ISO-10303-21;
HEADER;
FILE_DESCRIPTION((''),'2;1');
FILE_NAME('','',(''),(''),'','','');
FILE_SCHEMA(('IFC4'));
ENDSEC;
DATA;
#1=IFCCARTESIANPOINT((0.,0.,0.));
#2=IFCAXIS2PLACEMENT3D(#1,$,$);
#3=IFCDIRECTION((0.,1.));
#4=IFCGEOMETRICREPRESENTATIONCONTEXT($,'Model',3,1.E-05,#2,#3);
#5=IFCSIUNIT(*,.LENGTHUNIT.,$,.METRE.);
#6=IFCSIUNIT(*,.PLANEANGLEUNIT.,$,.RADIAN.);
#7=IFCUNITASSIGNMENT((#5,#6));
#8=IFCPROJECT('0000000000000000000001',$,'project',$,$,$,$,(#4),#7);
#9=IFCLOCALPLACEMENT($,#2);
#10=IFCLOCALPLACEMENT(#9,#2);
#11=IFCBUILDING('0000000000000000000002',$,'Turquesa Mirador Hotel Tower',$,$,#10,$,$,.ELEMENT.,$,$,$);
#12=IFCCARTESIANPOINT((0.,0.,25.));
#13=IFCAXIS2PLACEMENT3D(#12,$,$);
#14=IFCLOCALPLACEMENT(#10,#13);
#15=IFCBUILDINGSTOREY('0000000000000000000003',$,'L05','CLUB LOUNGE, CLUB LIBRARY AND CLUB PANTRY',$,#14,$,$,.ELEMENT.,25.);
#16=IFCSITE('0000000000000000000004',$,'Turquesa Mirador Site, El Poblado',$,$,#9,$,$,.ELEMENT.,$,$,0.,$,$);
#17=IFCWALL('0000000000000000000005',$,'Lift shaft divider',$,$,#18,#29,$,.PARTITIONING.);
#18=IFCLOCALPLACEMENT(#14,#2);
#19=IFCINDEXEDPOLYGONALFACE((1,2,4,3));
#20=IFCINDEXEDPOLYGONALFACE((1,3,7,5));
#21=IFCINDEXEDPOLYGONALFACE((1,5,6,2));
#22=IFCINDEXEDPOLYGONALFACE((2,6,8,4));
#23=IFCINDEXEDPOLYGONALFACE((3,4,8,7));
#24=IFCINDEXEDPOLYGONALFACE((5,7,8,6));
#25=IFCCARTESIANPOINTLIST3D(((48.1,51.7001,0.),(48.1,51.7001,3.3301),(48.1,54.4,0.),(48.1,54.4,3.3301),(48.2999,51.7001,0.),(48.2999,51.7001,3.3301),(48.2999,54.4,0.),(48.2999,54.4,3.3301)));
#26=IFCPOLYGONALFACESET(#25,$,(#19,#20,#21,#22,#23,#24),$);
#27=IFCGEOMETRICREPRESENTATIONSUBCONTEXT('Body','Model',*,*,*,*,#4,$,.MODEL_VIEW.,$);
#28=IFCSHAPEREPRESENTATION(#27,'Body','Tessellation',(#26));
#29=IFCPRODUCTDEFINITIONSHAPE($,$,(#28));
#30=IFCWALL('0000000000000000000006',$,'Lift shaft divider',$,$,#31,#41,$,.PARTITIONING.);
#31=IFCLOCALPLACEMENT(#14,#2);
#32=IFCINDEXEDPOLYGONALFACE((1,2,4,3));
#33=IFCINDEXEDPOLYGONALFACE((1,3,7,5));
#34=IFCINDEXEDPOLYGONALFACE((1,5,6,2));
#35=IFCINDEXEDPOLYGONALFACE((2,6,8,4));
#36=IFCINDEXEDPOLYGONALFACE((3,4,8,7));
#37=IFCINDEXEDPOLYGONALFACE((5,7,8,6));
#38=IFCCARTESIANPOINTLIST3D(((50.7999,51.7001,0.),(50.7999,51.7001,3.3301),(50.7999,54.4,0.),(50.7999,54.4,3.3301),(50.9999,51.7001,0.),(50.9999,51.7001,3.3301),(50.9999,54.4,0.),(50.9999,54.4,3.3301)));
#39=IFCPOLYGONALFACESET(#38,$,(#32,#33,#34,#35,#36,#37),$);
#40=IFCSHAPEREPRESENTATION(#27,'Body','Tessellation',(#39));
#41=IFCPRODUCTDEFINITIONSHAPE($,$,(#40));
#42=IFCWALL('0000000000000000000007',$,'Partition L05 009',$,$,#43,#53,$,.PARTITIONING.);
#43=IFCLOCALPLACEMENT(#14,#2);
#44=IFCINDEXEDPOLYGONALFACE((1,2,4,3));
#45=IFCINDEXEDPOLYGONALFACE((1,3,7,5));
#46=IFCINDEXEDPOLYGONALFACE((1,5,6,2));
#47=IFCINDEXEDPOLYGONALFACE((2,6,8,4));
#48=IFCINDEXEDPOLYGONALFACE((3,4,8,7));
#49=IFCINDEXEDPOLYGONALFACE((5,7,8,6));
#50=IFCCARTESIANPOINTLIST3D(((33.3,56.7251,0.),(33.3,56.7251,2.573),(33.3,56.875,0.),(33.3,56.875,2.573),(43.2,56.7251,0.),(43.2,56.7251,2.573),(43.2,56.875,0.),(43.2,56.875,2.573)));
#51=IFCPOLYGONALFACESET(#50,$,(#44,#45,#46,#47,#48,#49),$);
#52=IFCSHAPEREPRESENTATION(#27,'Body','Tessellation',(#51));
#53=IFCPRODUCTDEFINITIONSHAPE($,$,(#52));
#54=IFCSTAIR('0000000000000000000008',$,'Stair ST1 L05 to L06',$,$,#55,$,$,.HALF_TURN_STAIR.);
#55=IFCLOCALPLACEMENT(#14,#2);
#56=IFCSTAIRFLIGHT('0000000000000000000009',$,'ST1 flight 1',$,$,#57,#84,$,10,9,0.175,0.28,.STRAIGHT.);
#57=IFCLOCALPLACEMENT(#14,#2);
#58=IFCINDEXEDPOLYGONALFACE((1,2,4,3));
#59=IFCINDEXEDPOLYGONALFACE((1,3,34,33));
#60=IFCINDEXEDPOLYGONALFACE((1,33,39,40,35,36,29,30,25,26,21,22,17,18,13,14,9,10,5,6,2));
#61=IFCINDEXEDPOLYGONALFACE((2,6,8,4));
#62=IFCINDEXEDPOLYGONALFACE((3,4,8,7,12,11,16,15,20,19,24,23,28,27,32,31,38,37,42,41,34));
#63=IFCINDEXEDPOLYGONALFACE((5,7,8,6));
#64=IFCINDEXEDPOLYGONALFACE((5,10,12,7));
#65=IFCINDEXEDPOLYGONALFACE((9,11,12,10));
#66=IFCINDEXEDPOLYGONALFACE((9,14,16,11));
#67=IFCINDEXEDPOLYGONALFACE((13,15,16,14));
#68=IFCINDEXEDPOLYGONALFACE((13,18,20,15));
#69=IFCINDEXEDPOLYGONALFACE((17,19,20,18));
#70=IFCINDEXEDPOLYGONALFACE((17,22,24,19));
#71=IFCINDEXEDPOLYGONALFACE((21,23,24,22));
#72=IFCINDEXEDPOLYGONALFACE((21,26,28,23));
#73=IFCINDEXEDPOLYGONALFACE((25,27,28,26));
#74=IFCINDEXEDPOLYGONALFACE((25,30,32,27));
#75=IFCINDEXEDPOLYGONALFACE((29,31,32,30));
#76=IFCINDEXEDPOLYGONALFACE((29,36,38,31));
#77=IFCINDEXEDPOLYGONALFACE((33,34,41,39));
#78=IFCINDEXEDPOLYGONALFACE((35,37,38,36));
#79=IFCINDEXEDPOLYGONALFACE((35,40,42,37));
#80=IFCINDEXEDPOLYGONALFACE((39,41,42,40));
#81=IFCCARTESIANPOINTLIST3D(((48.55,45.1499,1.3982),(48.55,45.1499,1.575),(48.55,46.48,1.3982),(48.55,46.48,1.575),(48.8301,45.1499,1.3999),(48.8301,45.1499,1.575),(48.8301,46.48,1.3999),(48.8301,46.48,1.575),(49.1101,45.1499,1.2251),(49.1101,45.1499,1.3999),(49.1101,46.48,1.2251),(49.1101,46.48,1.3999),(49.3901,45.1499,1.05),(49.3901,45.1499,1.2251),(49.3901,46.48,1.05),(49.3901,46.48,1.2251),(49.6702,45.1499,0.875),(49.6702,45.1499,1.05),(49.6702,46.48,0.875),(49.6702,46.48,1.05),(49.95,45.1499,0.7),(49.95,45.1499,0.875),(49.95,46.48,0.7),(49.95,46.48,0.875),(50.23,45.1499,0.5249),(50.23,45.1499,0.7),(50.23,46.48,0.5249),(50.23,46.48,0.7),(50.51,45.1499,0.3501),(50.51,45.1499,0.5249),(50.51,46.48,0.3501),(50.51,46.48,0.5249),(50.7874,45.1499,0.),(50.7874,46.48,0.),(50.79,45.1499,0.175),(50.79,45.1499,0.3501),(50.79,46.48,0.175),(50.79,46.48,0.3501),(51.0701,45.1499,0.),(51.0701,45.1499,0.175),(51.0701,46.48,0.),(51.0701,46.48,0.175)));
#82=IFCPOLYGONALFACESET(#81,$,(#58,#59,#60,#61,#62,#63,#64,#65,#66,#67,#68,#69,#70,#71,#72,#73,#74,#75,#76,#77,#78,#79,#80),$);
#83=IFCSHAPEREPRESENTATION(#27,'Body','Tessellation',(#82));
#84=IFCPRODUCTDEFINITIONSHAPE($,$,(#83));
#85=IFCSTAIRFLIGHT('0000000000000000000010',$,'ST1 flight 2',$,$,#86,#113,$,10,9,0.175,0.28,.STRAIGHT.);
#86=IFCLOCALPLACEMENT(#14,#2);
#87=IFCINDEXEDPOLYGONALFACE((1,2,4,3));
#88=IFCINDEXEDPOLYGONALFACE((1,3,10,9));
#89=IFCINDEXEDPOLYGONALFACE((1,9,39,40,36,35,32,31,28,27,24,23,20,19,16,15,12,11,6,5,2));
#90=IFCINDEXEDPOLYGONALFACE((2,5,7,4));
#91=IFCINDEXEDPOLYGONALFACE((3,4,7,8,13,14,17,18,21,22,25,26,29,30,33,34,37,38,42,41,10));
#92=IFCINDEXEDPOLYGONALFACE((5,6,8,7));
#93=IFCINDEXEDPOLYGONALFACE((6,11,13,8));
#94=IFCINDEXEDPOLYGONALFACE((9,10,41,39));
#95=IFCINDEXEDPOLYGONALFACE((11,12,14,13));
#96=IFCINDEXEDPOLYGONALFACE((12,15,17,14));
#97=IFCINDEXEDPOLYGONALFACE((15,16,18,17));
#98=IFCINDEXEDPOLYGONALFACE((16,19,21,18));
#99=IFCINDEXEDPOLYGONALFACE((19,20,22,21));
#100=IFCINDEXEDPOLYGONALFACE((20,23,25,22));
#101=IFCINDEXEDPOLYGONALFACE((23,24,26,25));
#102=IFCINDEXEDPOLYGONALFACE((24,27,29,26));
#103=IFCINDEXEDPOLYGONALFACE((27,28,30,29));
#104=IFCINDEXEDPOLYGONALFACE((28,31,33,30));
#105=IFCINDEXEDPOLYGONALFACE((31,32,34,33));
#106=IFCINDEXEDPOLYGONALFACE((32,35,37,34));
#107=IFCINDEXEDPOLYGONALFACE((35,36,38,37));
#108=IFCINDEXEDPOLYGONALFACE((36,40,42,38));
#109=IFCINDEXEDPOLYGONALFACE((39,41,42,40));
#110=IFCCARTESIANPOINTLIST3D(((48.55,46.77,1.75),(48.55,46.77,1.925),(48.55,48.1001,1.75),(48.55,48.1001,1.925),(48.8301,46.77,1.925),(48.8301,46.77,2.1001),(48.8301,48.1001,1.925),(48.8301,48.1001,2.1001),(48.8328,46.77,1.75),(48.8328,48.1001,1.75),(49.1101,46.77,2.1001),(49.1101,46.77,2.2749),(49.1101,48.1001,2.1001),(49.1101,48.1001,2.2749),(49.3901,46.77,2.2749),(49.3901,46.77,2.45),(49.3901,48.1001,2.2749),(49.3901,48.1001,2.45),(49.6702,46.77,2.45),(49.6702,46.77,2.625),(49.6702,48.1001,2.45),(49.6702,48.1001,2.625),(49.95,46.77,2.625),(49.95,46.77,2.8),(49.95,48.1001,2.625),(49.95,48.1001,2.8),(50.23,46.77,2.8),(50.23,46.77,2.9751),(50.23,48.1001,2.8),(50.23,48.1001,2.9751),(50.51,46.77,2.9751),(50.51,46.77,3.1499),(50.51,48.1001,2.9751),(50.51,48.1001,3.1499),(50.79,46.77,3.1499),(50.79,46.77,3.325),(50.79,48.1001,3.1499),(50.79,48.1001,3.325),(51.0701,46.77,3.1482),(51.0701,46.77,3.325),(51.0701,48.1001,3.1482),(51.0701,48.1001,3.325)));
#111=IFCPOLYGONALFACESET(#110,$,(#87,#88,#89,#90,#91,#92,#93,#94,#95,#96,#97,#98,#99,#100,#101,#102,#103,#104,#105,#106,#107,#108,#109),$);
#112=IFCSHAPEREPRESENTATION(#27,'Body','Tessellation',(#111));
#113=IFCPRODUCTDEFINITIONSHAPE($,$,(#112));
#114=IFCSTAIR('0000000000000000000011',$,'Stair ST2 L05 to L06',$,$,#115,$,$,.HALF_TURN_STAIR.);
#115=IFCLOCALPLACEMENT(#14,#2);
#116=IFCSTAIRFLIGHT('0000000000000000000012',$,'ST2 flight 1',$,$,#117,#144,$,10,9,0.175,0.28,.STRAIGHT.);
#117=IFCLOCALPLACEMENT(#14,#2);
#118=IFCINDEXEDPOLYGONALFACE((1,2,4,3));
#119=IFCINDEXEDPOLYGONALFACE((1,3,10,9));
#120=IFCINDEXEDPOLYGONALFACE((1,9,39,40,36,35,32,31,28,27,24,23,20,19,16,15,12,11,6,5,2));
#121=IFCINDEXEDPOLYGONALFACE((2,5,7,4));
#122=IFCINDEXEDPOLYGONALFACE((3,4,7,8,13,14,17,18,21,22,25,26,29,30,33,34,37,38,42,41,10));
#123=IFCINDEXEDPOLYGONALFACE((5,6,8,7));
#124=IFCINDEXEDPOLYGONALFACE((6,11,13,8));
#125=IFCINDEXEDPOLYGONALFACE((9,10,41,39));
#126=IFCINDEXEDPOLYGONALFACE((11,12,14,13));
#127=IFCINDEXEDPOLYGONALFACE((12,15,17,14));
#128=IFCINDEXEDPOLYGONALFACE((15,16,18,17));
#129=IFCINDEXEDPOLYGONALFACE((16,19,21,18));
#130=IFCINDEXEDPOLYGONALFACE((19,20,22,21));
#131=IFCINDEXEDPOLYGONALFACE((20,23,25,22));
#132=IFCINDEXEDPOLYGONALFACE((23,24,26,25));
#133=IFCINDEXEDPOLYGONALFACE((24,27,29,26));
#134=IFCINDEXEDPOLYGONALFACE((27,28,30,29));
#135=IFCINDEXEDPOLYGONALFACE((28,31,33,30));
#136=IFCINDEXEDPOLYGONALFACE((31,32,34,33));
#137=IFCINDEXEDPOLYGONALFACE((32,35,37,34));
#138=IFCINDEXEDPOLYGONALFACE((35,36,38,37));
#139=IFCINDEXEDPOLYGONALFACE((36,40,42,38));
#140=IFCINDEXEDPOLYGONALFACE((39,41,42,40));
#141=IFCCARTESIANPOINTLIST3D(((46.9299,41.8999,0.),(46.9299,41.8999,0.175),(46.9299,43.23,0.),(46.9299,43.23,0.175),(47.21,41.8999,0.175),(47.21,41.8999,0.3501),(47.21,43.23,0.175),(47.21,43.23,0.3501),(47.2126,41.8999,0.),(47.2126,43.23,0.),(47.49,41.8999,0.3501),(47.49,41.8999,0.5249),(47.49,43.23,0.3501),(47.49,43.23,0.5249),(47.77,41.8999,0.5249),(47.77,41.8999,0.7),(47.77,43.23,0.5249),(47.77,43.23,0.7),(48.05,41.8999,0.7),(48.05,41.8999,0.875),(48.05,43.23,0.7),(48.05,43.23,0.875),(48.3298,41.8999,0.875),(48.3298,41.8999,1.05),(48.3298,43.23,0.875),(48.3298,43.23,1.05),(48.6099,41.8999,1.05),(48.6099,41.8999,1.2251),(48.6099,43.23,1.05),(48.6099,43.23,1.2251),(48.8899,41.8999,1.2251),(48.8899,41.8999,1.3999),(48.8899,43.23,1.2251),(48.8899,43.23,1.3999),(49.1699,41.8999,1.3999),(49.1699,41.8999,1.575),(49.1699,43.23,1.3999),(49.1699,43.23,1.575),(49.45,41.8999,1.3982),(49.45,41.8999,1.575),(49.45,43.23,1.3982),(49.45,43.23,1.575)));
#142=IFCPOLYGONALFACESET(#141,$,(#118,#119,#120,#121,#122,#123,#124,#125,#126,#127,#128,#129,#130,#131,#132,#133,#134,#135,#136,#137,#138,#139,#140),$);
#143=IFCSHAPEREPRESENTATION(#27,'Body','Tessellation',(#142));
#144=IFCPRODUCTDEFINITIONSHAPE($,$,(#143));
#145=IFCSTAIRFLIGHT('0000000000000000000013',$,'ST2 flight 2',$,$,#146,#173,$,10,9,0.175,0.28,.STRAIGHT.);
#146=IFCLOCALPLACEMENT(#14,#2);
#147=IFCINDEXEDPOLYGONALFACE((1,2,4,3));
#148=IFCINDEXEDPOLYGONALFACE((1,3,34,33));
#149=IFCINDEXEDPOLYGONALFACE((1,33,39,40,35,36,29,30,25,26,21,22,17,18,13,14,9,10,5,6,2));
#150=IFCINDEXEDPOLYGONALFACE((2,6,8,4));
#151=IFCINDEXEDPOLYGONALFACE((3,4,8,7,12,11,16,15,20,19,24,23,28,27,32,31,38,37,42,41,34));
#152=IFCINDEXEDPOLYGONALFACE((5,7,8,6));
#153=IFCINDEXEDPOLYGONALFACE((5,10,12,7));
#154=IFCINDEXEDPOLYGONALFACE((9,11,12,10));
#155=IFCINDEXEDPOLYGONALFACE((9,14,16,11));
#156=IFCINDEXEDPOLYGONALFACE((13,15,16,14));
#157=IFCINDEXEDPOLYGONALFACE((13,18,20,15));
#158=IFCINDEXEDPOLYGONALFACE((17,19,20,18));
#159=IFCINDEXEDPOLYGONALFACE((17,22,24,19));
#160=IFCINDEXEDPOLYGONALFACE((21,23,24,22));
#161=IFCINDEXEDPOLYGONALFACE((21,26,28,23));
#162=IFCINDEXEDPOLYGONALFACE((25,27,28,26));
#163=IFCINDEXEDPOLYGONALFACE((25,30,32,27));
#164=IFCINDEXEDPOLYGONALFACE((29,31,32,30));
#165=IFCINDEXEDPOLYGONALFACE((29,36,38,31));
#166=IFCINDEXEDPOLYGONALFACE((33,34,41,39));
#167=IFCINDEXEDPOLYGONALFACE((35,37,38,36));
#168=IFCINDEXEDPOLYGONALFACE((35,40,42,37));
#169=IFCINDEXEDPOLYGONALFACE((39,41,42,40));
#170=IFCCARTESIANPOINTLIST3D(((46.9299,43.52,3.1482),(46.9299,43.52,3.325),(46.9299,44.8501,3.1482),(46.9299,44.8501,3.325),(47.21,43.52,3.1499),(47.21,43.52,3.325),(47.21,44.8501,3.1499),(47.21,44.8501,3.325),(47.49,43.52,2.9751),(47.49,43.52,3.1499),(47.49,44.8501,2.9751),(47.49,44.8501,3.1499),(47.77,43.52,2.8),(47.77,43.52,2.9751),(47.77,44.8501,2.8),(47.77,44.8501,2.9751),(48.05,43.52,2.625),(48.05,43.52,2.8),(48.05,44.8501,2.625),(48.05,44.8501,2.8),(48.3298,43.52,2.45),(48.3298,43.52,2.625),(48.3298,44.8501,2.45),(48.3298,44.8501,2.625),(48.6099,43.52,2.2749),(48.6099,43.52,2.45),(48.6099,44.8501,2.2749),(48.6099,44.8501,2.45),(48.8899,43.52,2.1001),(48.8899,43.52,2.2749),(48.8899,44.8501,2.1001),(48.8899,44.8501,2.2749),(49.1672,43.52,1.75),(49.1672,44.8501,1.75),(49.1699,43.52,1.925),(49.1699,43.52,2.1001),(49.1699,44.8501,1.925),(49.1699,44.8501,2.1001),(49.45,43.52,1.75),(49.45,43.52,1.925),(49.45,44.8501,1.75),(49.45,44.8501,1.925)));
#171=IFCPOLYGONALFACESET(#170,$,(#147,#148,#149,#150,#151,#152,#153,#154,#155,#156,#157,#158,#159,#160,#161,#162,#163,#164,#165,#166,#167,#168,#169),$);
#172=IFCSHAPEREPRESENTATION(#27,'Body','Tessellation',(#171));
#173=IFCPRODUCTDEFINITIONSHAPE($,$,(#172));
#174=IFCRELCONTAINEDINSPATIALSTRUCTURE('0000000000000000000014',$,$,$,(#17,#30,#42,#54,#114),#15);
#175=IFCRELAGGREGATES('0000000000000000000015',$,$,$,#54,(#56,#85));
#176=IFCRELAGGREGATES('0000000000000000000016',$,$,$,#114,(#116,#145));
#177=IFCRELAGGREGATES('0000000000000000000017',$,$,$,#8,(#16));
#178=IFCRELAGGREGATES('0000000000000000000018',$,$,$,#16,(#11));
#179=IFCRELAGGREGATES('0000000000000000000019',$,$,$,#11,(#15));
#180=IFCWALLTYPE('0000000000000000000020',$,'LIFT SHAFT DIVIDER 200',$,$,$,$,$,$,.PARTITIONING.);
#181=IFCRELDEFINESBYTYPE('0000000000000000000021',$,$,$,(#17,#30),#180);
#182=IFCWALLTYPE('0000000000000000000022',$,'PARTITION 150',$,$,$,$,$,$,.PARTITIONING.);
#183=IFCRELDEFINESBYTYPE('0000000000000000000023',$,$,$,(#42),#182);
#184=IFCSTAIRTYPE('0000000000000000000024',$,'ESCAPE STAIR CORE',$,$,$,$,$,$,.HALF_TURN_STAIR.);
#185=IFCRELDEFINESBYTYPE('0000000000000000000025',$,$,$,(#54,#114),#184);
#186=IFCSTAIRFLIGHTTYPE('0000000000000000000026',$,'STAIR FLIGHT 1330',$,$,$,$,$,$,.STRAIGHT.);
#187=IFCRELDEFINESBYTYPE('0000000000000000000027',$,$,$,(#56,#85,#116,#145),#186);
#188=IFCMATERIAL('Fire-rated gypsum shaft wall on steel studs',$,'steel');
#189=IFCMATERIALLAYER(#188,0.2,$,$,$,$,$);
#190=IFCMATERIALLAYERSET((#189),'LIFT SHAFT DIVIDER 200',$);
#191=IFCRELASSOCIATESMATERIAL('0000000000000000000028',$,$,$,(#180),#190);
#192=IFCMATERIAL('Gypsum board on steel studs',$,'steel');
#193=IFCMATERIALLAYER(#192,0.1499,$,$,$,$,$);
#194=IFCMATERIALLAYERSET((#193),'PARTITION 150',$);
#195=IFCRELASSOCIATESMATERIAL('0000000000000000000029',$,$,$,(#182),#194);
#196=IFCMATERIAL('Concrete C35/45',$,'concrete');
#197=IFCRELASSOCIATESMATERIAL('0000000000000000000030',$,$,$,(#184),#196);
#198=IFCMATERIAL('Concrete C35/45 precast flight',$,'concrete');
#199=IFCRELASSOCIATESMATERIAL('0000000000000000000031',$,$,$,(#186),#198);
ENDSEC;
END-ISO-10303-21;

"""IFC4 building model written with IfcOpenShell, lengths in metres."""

from ifc_helpers import new_model, si_unit, direction, frame, frame_2d, origin, place, context, subcontext, project, spatial, polyline, rectangle, outline, extrude, material, layer, layer_set, type_object, element, aggregate, save


model = new_model("IFC4")

# Units and contexts
model_context = context("Model", 3, precision=1e-05, world=origin(), true_north=direction((0.0, 1.0)))
body_context = subcontext(model_context, "Body", "Model", "MODEL_VIEW")
ifc_project = project(units=[si_unit("LENGTHUNIT", "METRE"), si_unit("PLANEANGLEUNIT", "RADIAN")], contexts=[model_context])

# Site, building, storey
site_placement = place(None, origin())
site = spatial("IfcSite", under=ifc_project, at=site_placement, Name="Turquesa Mirador Site, El Poblado", CompositionType="ELEMENT", RefElevation=0.0)
building_placement = place(site_placement, origin())
building = spatial("IfcBuilding", under=site, at=building_placement, Name="Turquesa Mirador Hotel Tower", CompositionType="ELEMENT")
storey_placement = place(building_placement, frame((0.0, 0.0, 25.0)))
storey = spatial("IfcBuildingStorey", under=building, at=storey_placement, Name="L05", Description="CLUB LOUNGE, CLUB LIBRARY AND CLUB PANTRY", CompositionType="ELEMENT", Elevation=25.0)

# Walls
ifc_material_1 = material(Name="Fire-rated gypsum shaft wall on steel studs", Category="steel")
ifc_layer_1 = layer(ifc_material_1, 0.2)
ifc_layer_set_1 = layer_set([ifc_layer_1], Name="LIFT SHAFT DIVIDER 200")
wall_type_1 = type_object("IfcWallType", Name="LIFT SHAFT DIVIDER 200", PredefinedType="PARTITIONING", material=ifc_layer_set_1)
for number, where, z_axis, x_axis, name in (
    (1, (48.2, 51.7, 0.0), (0.0, 0.0, 1.0), (0.0, 1.0, 0.0), "Lift shaft divider"),
    (2, (50.8999, 51.7, 0.0), (0.0, 0.0, 1.0), (0.0, 1.0, 0.0), "Lift shaft divider"),
):
    element("IfcWall", number, at=place(storey_placement, frame(where, z_axis=z_axis, x_axis=x_axis)), inside=storey, type_object=wall_type_1, Name=name, PredefinedType="PARTITIONING", context=body_context, shape_type="SweptSolid", body=[
        extrude(rectangle(XDim=2.7, YDim=0.2, at=frame_2d((1.3501, 0.0))), origin(), (0.0, 0.0, 1.0), 3.3301),
    ])
ifc_material_2 = material(Name="Gypsum board on steel studs", Category="steel")
ifc_layer_2 = layer(ifc_material_2, 0.1499)
ifc_layer_set_2 = layer_set([ifc_layer_2], Name="PARTITION 150")
wall_type_2 = type_object("IfcWallType", Name="PARTITION 150", PredefinedType="PARTITIONING", material=ifc_layer_set_2)
wall_1_placement = place(storey_placement, frame((33.3, 56.8, 0.0), z_axis=(0.0, 0.0, 1.0), x_axis=(1.0, 0.0, 0.0)))
element("IfcWall", 3, at=wall_1_placement, inside=storey, type_object=wall_type_2, Name="Partition L05 009", PredefinedType="PARTITIONING", context=body_context, shape_type="SweptSolid", body=[
    extrude(rectangle(XDim=9.8999, YDim=0.1499, at=frame_2d((4.95, 0.0))), origin(), (0.0, 0.0, 1.0), 2.573),
])

# Stairs, stair flights
ifc_material_3 = material(Name="Concrete C35/45", Category="concrete")
stair_type = type_object("IfcStairType", Name="ESCAPE STAIR CORE", PredefinedType="HALF_TURN_STAIR", material=ifc_material_3)
stair_1_placement = place(storey_placement, origin())
stair_1 = element("IfcStair", 4, at=stair_1_placement, inside=storey, type_object=stair_type, Name="Stair ST1 L05 to L06", PredefinedType="HALF_TURN_STAIR")
ifc_material_4 = material(Name="Concrete C35/45 precast flight", Category="concrete")
stair_flight_type = type_object("IfcStairFlightType", Name="STAIR FLIGHT 1330", PredefinedType="STRAIGHT", material=ifc_material_4)
stair_flight_1_placement = place(storey_placement, frame((51.0701, 45.8149, 0.0), z_axis=(0.0, 0.0, 1.0), x_axis=(-1.0, 0.0, 0.0)))
stair_flight_1 = element("IfcStairFlight", 5, at=stair_flight_1_placement, type_object=stair_flight_type, Name="ST1 flight 1", NumberOfRisers=10, NumberOfTreads=9, PredefinedType="STRAIGHT", RiserHeight=0.175, TreadLength=0.28, context=body_context, shape_type="SweptSolid", body=[
    extrude(outline(polyline([(0.0, 0.0), (0.0, 0.175), (0.28, 0.175), (0.28, 0.3501), (0.5601, 0.3501), (0.5601, 0.5249), (0.8401, 0.5249), (0.8401, 0.7), (1.1201, 0.7), (1.1201, 0.875), (1.3999, 0.875), (1.3999, 1.05), (1.6799, 1.05), (1.6799, 1.2251), (1.96, 1.2251), (1.96, 1.3999), (2.24, 1.3999), (2.24, 1.575), (2.52, 1.575), (2.52, 1.75), (2.52, 1.3982), (0.2827, 0.0), (0.0, 0.0)])), frame((0.0, 0.665, 0.0), z_axis=(0.0, -1.0, 0.0), x_axis=(1.0, 0.0, 0.0)), (0.0, 0.0, 1.0), 1.3301),
])
stair_flight_2_placement = place(storey_placement, frame((48.55, 47.4351, 1.75), z_axis=(0.0, 0.0, 1.0), x_axis=(1.0, 0.0, 0.0)))
stair_flight_2 = element("IfcStairFlight", 6, at=stair_flight_2_placement, type_object=stair_flight_type, Name="ST1 flight 2", NumberOfRisers=10, NumberOfTreads=9, PredefinedType="STRAIGHT", RiserHeight=0.175, TreadLength=0.28, context=body_context, shape_type="SweptSolid", body=[
    extrude(outline(polyline([(0.0, 0.0), (0.0, 0.175), (0.28, 0.175), (0.28, 0.3501), (0.5601, 0.3501), (0.5601, 0.5249), (0.8401, 0.5249), (0.8401, 0.7), (1.1201, 0.7), (1.1201, 0.875), (1.3999, 0.875), (1.3999, 1.05), (1.6799, 1.05), (1.6799, 1.2251), (1.96, 1.2251), (1.96, 1.3999), (2.24, 1.3999), (2.24, 1.575), (2.52, 1.575), (2.52, 1.75), (2.52, 1.3982), (0.2827, 0.0), (0.0, 0.0)])), frame((0.0, 0.665, 0.0), z_axis=(0.0, -1.0, 0.0), x_axis=(1.0, 0.0, 0.0)), (0.0, 0.0, 1.0), 1.3301),
])
aggregate(stair_1, [stair_flight_1, stair_flight_2])
stair_2_placement = place(storey_placement, origin())
stair_2 = element("IfcStair", 7, at=stair_2_placement, inside=storey, type_object=stair_type, Name="Stair ST2 L05 to L06", PredefinedType="HALF_TURN_STAIR")
stair_flight_3_placement = place(storey_placement, frame((46.9299, 42.5649, 0.0), z_axis=(0.0, 0.0, 1.0), x_axis=(1.0, 0.0, 0.0)))
stair_flight_3 = element("IfcStairFlight", 8, at=stair_flight_3_placement, type_object=stair_flight_type, Name="ST2 flight 1", NumberOfRisers=10, NumberOfTreads=9, PredefinedType="STRAIGHT", RiserHeight=0.175, TreadLength=0.28, context=body_context, shape_type="SweptSolid", body=[
    extrude(outline(polyline([(0.0, 0.0), (0.0, 0.175), (0.28, 0.175), (0.28, 0.3501), (0.5601, 0.3501), (0.5601, 0.5249), (0.8401, 0.5249), (0.8401, 0.7), (1.1201, 0.7), (1.1201, 0.875), (1.3999, 0.875), (1.3999, 1.05), (1.6799, 1.05), (1.6799, 1.2251), (1.96, 1.2251), (1.96, 1.3999), (2.24, 1.3999), (2.24, 1.575), (2.52, 1.575), (2.52, 1.75), (2.52, 1.3982), (0.2827, 0.0), (0.0, 0.0)])), frame((0.0, 0.665, 0.0), z_axis=(0.0, -1.0, 0.0), x_axis=(1.0, 0.0, 0.0)), (0.0, 0.0, 1.0), 1.3301),
])
stair_flight_4_placement = place(storey_placement, frame((49.45, 44.1851, 1.75), z_axis=(0.0, 0.0, 1.0), x_axis=(-1.0, 0.0, 0.0)))
stair_flight_4 = element("IfcStairFlight", 9, at=stair_flight_4_placement, type_object=stair_flight_type, Name="ST2 flight 2", NumberOfRisers=10, NumberOfTreads=9, PredefinedType="STRAIGHT", RiserHeight=0.175, TreadLength=0.28, context=body_context, shape_type="SweptSolid", body=[
    extrude(outline(polyline([(0.0, 0.0), (0.0, 0.175), (0.28, 0.175), (0.28, 0.3501), (0.5601, 0.3501), (0.5601, 0.5249), (0.8401, 0.5249), (0.8401, 0.7), (1.1201, 0.7), (1.1201, 0.875), (1.3999, 0.875), (1.3999, 1.05), (1.6799, 1.05), (1.6799, 1.2251), (1.96, 1.2251), (1.96, 1.3999), (2.24, 1.3999), (2.24, 1.575), (2.52, 1.575), (2.52, 1.75), (2.52, 1.3982), (0.2827, 0.0), (0.0, 0.0)])), frame((0.0, 0.665, 0.0), z_axis=(0.0, -1.0, 0.0), x_axis=(1.0, 0.0, 0.0)), (0.0, 0.0, 1.0), 1.3301),
])
aggregate(stair_2, [stair_flight_3, stair_flight_4])

save(model, "model.ifc")
